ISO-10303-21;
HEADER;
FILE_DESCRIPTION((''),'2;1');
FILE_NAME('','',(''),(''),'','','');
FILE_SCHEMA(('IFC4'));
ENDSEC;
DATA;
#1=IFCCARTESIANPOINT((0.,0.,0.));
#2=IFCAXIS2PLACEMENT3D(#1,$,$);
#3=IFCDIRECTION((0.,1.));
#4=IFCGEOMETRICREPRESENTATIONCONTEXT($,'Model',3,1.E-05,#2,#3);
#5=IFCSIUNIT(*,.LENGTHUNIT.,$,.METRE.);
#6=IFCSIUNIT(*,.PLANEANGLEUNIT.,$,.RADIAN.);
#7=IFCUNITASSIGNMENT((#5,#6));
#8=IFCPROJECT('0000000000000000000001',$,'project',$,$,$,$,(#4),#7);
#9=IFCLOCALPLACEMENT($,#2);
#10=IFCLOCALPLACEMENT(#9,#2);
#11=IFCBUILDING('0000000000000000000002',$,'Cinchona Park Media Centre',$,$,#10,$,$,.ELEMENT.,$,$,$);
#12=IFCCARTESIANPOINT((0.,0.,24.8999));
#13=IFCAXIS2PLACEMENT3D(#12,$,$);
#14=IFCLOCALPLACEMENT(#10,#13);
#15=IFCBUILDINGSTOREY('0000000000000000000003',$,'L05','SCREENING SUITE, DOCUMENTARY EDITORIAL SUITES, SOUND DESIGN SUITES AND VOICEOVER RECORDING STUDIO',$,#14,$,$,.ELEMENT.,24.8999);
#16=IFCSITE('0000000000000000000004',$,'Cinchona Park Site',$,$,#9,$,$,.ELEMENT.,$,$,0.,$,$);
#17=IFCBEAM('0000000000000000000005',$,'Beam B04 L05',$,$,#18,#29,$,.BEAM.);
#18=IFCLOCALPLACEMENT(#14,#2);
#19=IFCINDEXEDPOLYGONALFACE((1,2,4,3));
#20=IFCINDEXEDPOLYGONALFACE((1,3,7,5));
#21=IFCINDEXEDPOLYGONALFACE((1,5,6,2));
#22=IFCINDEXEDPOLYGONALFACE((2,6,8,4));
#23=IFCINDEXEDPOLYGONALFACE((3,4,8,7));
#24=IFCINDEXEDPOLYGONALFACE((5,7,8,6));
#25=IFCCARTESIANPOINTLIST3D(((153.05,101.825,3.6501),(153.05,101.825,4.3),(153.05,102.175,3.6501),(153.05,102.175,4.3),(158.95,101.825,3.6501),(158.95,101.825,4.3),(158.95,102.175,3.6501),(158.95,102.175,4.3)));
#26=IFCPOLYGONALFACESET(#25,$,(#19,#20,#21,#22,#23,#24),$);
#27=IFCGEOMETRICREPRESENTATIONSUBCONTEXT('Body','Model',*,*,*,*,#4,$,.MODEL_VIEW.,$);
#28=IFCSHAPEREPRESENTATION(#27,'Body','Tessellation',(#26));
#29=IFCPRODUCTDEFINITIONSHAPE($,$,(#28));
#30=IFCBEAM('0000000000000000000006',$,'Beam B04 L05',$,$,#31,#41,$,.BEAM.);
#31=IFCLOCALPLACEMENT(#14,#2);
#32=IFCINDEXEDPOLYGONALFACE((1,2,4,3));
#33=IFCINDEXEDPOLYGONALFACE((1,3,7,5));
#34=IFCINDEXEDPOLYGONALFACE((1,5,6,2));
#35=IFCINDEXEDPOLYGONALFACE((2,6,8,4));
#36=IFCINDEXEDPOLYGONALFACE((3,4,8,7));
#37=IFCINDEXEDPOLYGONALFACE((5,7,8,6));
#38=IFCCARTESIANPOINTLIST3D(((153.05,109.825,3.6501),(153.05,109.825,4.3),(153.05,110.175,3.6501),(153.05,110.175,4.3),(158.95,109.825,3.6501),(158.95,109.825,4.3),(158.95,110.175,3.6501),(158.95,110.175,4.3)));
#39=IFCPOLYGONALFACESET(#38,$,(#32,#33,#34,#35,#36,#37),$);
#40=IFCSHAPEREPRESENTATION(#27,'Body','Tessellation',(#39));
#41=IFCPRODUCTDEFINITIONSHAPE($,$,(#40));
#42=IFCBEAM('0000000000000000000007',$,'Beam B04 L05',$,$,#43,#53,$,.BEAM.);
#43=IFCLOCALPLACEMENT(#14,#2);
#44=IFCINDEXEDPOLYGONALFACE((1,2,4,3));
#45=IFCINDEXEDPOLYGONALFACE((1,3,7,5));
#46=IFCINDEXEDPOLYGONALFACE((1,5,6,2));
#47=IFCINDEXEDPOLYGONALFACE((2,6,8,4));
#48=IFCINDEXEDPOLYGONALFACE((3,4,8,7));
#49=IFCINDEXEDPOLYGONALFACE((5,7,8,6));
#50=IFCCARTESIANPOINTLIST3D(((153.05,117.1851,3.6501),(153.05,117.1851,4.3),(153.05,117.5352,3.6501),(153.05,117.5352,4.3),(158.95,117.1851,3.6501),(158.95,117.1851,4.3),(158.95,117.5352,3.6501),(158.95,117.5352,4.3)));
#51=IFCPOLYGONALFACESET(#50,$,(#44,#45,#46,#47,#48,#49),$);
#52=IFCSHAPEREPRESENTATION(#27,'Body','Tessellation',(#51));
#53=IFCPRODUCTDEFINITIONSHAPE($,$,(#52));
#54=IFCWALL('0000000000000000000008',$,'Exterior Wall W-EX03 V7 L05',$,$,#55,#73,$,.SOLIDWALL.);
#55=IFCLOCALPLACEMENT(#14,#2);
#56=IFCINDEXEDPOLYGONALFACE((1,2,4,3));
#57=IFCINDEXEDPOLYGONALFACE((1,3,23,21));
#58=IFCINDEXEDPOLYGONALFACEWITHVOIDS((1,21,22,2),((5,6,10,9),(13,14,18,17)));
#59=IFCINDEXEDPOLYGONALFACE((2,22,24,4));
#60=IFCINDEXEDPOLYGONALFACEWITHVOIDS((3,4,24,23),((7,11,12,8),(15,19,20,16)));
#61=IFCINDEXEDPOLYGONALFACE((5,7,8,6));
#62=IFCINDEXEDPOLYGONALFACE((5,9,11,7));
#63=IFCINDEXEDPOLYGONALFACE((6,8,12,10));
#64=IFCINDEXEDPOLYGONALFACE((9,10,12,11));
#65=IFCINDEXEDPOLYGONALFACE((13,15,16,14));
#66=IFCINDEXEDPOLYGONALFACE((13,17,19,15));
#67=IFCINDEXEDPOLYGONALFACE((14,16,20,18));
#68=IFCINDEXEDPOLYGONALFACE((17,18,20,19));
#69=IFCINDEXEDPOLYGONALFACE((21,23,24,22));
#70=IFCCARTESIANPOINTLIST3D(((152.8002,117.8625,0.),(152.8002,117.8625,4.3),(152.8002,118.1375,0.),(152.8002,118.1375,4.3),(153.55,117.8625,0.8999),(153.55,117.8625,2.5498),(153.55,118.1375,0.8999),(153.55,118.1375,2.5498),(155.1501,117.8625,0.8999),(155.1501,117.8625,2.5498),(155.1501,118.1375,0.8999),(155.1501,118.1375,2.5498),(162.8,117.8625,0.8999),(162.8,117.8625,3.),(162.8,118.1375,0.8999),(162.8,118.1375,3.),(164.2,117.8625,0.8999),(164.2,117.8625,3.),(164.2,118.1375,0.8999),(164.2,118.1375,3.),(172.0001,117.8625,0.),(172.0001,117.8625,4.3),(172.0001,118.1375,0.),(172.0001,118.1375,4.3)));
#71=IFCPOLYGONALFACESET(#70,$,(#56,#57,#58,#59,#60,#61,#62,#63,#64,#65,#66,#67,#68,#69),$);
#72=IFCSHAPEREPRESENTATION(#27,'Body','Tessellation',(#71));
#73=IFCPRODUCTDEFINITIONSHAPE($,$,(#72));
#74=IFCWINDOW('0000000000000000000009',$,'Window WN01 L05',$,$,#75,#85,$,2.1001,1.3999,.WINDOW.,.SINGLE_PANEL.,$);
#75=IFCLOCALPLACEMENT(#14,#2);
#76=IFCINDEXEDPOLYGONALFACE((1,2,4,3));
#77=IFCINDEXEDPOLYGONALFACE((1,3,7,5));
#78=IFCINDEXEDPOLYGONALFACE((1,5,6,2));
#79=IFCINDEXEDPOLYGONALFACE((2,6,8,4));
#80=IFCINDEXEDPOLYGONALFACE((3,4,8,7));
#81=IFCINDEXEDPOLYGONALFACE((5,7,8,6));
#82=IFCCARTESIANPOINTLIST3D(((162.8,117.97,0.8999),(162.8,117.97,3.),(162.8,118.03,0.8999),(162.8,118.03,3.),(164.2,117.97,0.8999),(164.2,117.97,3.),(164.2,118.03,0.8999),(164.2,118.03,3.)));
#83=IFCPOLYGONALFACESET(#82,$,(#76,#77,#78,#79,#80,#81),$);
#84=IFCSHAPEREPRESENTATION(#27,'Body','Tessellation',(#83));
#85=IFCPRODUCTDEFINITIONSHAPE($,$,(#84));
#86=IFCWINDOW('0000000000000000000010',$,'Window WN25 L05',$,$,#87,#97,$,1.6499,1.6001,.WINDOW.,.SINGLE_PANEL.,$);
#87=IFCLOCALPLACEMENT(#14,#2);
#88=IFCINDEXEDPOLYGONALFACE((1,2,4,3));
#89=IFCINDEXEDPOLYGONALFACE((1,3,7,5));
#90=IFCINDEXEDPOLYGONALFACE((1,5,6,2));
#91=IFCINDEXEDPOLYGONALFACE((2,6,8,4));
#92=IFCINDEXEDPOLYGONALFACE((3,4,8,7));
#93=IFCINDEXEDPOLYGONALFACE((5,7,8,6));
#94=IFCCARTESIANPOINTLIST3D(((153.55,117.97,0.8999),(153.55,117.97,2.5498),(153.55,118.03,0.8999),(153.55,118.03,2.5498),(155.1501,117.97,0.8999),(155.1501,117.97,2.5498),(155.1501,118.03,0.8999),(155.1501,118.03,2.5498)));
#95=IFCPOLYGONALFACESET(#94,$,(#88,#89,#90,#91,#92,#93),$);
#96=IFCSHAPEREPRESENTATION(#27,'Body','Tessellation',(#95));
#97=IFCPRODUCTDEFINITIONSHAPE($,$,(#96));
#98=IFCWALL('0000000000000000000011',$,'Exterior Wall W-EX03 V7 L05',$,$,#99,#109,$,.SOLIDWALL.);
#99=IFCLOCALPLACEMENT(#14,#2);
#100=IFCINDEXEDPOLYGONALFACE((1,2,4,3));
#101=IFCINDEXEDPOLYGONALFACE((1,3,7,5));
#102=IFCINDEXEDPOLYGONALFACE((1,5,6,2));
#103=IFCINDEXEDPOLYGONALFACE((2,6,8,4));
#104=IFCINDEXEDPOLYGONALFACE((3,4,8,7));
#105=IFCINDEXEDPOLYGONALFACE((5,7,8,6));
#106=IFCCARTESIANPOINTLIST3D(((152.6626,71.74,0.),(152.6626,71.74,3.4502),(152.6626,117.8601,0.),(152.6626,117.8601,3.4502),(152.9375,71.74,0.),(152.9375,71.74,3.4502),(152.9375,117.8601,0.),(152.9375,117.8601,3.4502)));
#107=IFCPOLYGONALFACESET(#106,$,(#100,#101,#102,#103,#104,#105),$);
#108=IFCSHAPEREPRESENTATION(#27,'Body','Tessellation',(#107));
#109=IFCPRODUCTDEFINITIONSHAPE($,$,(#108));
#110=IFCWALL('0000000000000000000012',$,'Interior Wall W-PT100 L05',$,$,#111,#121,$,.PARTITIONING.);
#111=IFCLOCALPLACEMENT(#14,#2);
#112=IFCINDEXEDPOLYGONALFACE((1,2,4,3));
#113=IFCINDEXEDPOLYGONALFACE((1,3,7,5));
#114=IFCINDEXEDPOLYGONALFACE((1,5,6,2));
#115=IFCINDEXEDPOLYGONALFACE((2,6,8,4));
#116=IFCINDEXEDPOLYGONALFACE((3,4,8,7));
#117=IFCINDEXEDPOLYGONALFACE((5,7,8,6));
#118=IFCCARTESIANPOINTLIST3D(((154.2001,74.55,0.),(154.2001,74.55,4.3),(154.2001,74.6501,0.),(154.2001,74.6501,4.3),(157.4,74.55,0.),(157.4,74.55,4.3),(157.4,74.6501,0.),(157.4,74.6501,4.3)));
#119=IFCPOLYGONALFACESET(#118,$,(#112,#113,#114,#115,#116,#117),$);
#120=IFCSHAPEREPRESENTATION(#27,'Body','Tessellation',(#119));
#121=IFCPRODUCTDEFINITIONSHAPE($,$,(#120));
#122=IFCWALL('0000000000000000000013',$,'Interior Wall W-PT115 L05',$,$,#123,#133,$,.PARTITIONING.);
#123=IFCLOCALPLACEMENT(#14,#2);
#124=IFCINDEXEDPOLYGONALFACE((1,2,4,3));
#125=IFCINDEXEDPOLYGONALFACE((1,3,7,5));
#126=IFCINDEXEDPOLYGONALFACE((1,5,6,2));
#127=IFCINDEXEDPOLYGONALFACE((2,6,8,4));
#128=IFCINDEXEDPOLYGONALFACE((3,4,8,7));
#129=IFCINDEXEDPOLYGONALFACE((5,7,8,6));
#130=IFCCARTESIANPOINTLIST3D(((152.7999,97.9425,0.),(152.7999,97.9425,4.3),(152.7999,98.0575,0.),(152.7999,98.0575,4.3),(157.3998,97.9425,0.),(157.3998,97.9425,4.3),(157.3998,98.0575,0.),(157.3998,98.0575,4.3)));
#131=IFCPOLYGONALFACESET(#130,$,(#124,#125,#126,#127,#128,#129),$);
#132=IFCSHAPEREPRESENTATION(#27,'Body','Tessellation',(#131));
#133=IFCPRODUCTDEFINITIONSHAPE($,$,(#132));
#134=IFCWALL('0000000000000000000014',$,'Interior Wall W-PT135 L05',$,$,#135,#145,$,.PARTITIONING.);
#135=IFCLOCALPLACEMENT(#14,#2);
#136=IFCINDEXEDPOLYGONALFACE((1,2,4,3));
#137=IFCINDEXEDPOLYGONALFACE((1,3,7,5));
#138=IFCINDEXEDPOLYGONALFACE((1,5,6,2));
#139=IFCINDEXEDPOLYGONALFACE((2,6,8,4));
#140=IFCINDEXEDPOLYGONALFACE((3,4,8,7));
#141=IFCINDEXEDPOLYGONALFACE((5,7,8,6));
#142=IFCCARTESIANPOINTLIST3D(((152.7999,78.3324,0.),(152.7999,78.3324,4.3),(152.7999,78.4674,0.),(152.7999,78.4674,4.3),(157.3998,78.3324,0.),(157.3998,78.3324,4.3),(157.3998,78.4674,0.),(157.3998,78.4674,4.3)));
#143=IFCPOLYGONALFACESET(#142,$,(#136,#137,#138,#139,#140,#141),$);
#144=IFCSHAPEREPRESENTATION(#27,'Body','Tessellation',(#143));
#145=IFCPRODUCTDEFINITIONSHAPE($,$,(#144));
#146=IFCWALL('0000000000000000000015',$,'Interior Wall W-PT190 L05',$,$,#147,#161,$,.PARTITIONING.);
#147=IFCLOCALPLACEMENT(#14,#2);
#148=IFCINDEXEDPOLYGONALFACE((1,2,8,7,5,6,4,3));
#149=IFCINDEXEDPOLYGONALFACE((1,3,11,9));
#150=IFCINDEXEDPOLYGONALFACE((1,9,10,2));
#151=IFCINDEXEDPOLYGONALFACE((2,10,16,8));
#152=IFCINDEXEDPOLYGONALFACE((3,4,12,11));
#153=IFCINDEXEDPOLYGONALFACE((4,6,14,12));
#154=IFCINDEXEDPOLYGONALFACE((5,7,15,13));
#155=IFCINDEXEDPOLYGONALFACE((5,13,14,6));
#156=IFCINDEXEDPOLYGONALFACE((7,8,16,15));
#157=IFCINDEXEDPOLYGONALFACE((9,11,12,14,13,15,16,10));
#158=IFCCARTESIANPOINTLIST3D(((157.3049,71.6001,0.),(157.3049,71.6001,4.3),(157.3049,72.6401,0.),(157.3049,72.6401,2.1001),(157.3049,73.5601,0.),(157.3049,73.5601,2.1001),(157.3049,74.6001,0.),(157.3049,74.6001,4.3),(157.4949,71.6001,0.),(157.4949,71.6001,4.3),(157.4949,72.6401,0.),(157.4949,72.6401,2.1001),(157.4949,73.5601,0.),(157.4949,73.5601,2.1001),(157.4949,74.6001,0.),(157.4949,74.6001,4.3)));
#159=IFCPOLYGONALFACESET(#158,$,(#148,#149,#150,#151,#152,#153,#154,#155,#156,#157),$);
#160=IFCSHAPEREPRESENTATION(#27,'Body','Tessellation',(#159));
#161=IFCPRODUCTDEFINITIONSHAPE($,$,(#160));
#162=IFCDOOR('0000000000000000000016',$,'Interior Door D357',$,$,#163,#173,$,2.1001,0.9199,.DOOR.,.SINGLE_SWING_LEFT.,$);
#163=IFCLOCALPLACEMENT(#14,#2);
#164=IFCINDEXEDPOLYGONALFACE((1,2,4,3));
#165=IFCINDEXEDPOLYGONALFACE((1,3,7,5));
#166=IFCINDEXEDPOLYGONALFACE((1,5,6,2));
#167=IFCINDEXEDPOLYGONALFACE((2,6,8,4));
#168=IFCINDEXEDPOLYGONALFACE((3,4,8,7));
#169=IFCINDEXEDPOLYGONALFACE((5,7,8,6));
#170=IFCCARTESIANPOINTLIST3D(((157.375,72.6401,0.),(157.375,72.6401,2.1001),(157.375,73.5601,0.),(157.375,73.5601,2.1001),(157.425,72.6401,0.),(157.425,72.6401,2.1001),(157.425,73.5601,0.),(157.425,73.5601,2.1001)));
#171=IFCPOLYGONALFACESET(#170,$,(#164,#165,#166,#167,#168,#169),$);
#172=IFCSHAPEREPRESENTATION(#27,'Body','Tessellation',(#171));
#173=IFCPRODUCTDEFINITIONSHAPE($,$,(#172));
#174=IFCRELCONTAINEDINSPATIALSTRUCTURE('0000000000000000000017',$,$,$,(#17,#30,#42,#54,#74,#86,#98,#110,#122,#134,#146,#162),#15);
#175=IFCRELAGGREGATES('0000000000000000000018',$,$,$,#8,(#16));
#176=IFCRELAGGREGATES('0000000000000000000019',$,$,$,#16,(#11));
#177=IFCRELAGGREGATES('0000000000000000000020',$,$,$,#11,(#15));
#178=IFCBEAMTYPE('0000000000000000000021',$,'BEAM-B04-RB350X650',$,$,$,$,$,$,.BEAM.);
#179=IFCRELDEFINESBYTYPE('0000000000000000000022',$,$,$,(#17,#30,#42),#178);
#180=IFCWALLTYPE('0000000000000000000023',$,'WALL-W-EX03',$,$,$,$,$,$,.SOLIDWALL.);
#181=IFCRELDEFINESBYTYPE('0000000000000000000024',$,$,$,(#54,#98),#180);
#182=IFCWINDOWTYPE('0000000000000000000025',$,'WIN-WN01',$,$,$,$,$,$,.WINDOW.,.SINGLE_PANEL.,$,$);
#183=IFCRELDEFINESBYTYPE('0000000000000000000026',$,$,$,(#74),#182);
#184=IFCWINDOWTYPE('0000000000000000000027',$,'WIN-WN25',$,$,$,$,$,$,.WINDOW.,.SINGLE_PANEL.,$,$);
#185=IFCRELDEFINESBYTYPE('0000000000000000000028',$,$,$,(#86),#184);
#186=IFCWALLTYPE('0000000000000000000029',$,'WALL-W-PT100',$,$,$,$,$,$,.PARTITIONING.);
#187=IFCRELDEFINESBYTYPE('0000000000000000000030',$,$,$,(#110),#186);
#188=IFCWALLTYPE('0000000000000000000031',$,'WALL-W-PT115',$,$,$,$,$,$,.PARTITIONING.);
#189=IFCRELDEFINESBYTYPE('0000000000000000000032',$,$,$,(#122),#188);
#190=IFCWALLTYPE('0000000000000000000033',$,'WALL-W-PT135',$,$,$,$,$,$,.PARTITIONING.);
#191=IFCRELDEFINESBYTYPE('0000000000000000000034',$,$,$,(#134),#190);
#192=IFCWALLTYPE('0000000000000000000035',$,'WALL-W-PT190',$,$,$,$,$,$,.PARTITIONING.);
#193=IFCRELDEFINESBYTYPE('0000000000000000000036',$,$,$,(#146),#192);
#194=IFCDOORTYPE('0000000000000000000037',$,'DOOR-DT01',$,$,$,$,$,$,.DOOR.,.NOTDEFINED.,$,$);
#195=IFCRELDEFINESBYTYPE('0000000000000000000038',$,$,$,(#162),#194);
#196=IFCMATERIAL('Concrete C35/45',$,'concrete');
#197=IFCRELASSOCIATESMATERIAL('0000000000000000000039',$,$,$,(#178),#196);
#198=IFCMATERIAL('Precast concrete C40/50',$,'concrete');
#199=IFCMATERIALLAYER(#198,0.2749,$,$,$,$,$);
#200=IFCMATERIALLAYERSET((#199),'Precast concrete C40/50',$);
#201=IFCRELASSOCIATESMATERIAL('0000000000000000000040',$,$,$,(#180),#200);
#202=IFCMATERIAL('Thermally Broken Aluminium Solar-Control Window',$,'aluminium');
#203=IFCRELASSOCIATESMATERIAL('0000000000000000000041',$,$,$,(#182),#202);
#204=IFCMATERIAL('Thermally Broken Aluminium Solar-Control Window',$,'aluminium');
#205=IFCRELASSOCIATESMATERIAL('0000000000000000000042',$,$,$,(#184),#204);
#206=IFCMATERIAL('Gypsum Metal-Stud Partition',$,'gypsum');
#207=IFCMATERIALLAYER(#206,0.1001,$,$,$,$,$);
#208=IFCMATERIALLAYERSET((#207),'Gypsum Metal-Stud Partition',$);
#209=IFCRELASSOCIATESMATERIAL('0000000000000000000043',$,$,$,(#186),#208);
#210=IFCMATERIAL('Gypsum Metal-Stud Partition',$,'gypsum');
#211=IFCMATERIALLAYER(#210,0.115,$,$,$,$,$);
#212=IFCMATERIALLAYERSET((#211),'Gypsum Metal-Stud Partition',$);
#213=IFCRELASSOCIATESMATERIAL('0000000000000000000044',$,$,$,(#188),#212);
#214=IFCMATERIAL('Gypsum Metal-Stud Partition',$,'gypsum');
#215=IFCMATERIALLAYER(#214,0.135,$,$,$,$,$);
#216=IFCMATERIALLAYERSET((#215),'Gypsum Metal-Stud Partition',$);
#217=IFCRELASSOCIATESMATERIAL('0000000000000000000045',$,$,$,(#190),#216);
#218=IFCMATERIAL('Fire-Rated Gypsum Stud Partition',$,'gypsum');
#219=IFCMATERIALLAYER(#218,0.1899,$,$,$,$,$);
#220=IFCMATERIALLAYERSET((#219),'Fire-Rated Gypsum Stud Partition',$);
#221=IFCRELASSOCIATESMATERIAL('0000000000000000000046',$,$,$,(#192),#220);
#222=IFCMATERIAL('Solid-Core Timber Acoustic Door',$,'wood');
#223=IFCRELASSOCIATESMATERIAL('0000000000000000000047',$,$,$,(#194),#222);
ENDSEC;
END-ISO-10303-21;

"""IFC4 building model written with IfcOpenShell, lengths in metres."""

from ifc_helpers import new_model, si_unit, direction, frame, frame_2d, origin, origin_2d, place, context, subcontext, project, spatial, rectangle, extrude, material, layer, layer_set, material_profile, profile_set, type_object, element, fill, save


model = new_model("IFC4")

# Units and contexts
model_context = context("Model", 3, precision=1e-05, world=origin(), true_north=direction((0.0, 1.0)))
body_context = subcontext(model_context, "Body", "Model", "MODEL_VIEW")
ifc_project = project(units=[si_unit("LENGTHUNIT", "METRE"), si_unit("PLANEANGLEUNIT", "RADIAN")], contexts=[model_context])

# Site, building, storey
site_placement = place(None, origin())
site = spatial("IfcSite", under=ifc_project, at=site_placement, Name="Cinchona Park Site", CompositionType="ELEMENT", RefElevation=0.0)
building_placement = place(site_placement, origin())
building = spatial("IfcBuilding", under=site, at=building_placement, Name="Cinchona Park Media Centre", CompositionType="ELEMENT")
storey_placement = place(building_placement, frame((0.0, 0.0, 24.8999)))
storey = spatial("IfcBuildingStorey", under=building, at=storey_placement, Name="L05", Description="SCREENING SUITE, DOCUMENTARY EDITORIAL SUITES, SOUND DESIGN SUITES AND VOICEOVER RECORDING STUDIO", CompositionType="ELEMENT", Elevation=24.8999)

# Beams
ifc_material_1 = material(Name="Concrete C35/45", Category="concrete")
ifc_material_profile_1 = material_profile(ifc_material_1, rectangle(XDim=0.3501, YDim=0.6499, at=origin_2d()), Name="RB 350X650")
ifc_profile_set_1 = profile_set([ifc_material_profile_1], Name="Concrete C35/45")
beam_type_1 = type_object("IfcBeamType", Name="BEAM-B04-RB350X650", PredefinedType="BEAM", material=ifc_profile_set_1)
for number, where, z_axis, x_axis, name in (
    (1, (153.05, 102.0, 3.9751), (1.0, 0.0, 0.0), (0.0, 1.0, 0.0), "Beam B04 L05"),
    (2, (153.05, 110.0, 3.9751), (1.0, 0.0, 0.0), (0.0, 1.0, 0.0), "Beam B04 L05"),
    (3, (153.05, 117.3601, 3.9751), (1.0, 0.0, 0.0), (0.0, 1.0, 0.0), "Beam B04 L05"),
):
    element("IfcBeam", number, at=place(storey_placement, frame(where, z_axis=z_axis, x_axis=x_axis)), inside=storey, type_object=beam_type_1, Name=name, PredefinedType="BEAM", context=body_context, shape_type="SweptSolid", body=[
        extrude(rectangle(XDim=0.3501, YDim=0.6499, at=origin_2d()), origin(), (0.0, 0.0, 1.0), 5.8999),
    ])

# Wall, openings, windows
ifc_material_2 = material(Name="Precast concrete C40/50", Category="concrete")
ifc_layer_1 = layer(ifc_material_2, 0.2749)
ifc_layer_set_1 = layer_set([ifc_layer_1], Name="Precast concrete C40/50")
wall_type_1 = type_object("IfcWallType", Name="WALL-W-EX03", PredefinedType="SOLIDWALL", material=ifc_layer_set_1)
wall_1_placement = place(storey_placement, frame((152.8, 118.0, 0.0), z_axis=(0.0, 0.0, 1.0), x_axis=(1.0, 0.0, 0.0)))
wall_1 = element("IfcWall", 4, at=wall_1_placement, inside=storey, type_object=wall_type_1, Name="Exterior Wall W-EX03 V7 L05", PredefinedType="SOLIDWALL", context=body_context, shape_type="SweptSolid", body=[
    extrude(rectangle(XDim=19.2, YDim=0.2749, at=frame_2d((9.6001, 0.0))), origin(), (0.0, 0.0, 1.0), 4.3),
])
opening_1_placement = place(wall_1_placement, frame((0.75, 0.0, 0.8999)))
opening_1 = element("IfcOpeningElement", 5, at=opening_1_placement, cuts=wall_1, PredefinedType="OPENING", context=body_context, shape_type="SweptSolid", body=[
    extrude(rectangle(XDim=1.6001, YDim=1.6499, at=frame_2d((0.8, 0.825))), frame((0.0, 0.1475, 0.0), z_axis=(0.0, -1.0, 0.0), x_axis=(1.0, 0.0, 0.0)), (0.0, 0.0, 1.0), 0.2949),
])
opening_2_placement = place(wall_1_placement, frame((10.0, 0.0, 0.8999)))
opening_2 = element("IfcOpeningElement", 6, at=opening_2_placement, cuts=wall_1, PredefinedType="OPENING", context=body_context, shape_type="SweptSolid", body=[
    extrude(rectangle(XDim=1.3999, YDim=2.1001, at=frame_2d((0.7, 1.05))), frame((0.0, 0.1475, 0.0), z_axis=(0.0, -1.0, 0.0), x_axis=(1.0, 0.0, 0.0)), (0.0, 0.0, 1.0), 0.2949),
])
ifc_material_3 = material(Name="Thermally Broken Aluminium Solar-Control Window", Category="aluminium")
window_type_1 = type_object("IfcWindowType", Name="WIN-WN01", PartitioningType="SINGLE_PANEL", PredefinedType="WINDOW", material=ifc_material_3)
window_1_placement = place(opening_2_placement, origin())
window_1 = element("IfcWindow", 7, at=window_1_placement, inside=storey, type_object=window_type_1, Name="Window WN01 L05", OverallHeight=2.1001, OverallWidth=1.3999, PartitioningType="SINGLE_PANEL", PredefinedType="WINDOW", context=body_context, shape_type="SweptSolid", body=[
    extrude(rectangle(XDim=1.3999, YDim=2.1001, at=frame_2d((0.7, 1.05))), frame((0.0, 0.03, 0.0), z_axis=(0.0, -1.0, 0.0), x_axis=(1.0, 0.0, 0.0)), (0.0, 0.0, 1.0), 0.0601),
])
fill(opening_2, window_1)
ifc_material_4 = material(Name="Thermally Broken Aluminium Solar-Control Window", Category="aluminium")
window_type_2 = type_object("IfcWindowType", Name="WIN-WN25", PartitioningType="SINGLE_PANEL", PredefinedType="WINDOW", material=ifc_material_4)
window_2_placement = place(opening_1_placement, origin())
window_2 = element("IfcWindow", 8, at=window_2_placement, inside=storey, type_object=window_type_2, Name="Window WN25 L05", OverallHeight=1.6499, OverallWidth=1.6001, PartitioningType="SINGLE_PANEL", PredefinedType="WINDOW", context=body_context, shape_type="SweptSolid", body=[
    extrude(rectangle(XDim=1.6001, YDim=1.6499, at=frame_2d((0.8, 0.825))), frame((0.0, 0.03, 0.0), z_axis=(0.0, -1.0, 0.0), x_axis=(1.0, 0.0, 0.0)), (0.0, 0.0, 1.0), 0.0601),
])
fill(opening_1, window_2)

# Walls
wall_2_placement = place(storey_placement, frame((152.8, 71.74, 0.0), z_axis=(0.0, 0.0, 1.0), x_axis=(0.0, 1.0, 0.0)))
element("IfcWall", 9, at=wall_2_placement, inside=storey, type_object=wall_type_1, Name="Exterior Wall W-EX03 V7 L05", PredefinedType="SOLIDWALL", context=body_context, shape_type="SweptSolid", body=[
    extrude(rectangle(XDim=46.1201, YDim=0.2749, at=frame_2d((23.0601, 0.0))), origin(), (0.0, 0.0, 1.0), 3.4502),
])
ifc_material_5 = material(Name="Gypsum Metal-Stud Partition", Category="gypsum")
ifc_layer_2 = layer(ifc_material_5, 0.1001)
ifc_layer_set_2 = layer_set([ifc_layer_2], Name="Gypsum Metal-Stud Partition")
wall_type_2 = type_object("IfcWallType", Name="WALL-W-PT100", PredefinedType="PARTITIONING", material=ifc_layer_set_2)
wall_3_placement = place(storey_placement, frame((154.2, 74.6001, 0.0), z_axis=(0.0, 0.0, 1.0), x_axis=(1.0, 0.0, 0.0)))
element("IfcWall", 10, at=wall_3_placement, inside=storey, type_object=wall_type_2, Name="Interior Wall W-PT100 L05", PredefinedType="PARTITIONING", context=body_context, shape_type="SweptSolid", body=[
    extrude(rectangle(XDim=3.2, YDim=0.1001, at=frame_2d((1.6001, 0.0))), origin(), (0.0, 0.0, 1.0), 4.3),
])
ifc_material_6 = material(Name="Gypsum Metal-Stud Partition", Category="gypsum")
ifc_layer_3 = layer(ifc_material_6, 0.115)
ifc_layer_set_3 = layer_set([ifc_layer_3], Name="Gypsum Metal-Stud Partition")
wall_type_3 = type_object("IfcWallType", Name="WALL-W-PT115", PredefinedType="PARTITIONING", material=ifc_layer_set_3)
wall_4_placement = place(storey_placement, frame((152.8, 98.0, 0.0), z_axis=(0.0, 0.0, 1.0), x_axis=(1.0, 0.0, 0.0)))
element("IfcWall", 11, at=wall_4_placement, inside=storey, type_object=wall_type_3, Name="Interior Wall W-PT115 L05", PredefinedType="PARTITIONING", context=body_context, shape_type="SweptSolid", body=[
    extrude(rectangle(XDim=4.5999, YDim=0.115, at=frame_2d((2.2998, 0.0))), origin(), (0.0, 0.0, 1.0), 4.3),
])
ifc_material_7 = material(Name="Gypsum Metal-Stud Partition", Category="gypsum")
ifc_layer_4 = layer(ifc_material_7, 0.135)
ifc_layer_set_4 = layer_set([ifc_layer_4], Name="Gypsum Metal-Stud Partition")
wall_type_4 = type_object("IfcWallType", Name="WALL-W-PT135", PredefinedType="PARTITIONING", material=ifc_layer_set_4)
wall_5_placement = place(storey_placement, frame((152.8, 78.3999, 0.0), z_axis=(0.0, 0.0, 1.0), x_axis=(1.0, 0.0, 0.0)))
element("IfcWall", 12, at=wall_5_placement, inside=storey, type_object=wall_type_4, Name="Interior Wall W-PT135 L05", PredefinedType="PARTITIONING", context=body_context, shape_type="SweptSolid", body=[
    extrude(rectangle(XDim=4.5999, YDim=0.135, at=frame_2d((2.2998, 0.0))), origin(), (0.0, 0.0, 1.0), 4.3),
])

# Wall, opening, door
ifc_material_8 = material(Name="Fire-Rated Gypsum Stud Partition", Category="gypsum")
ifc_layer_5 = layer(ifc_material_8, 0.1899)
ifc_layer_set_5 = layer_set([ifc_layer_5], Name="Fire-Rated Gypsum Stud Partition")
wall_type_5 = type_object("IfcWallType", Name="WALL-W-PT190", PredefinedType="PARTITIONING", material=ifc_layer_set_5)
wall_6_placement = place(storey_placement, frame((157.3999, 71.6001, 0.0), z_axis=(0.0, 0.0, 1.0), x_axis=(0.0, 1.0, 0.0)))
wall_6 = element("IfcWall", 13, at=wall_6_placement, inside=storey, type_object=wall_type_5, Name="Interior Wall W-PT190 L05", PredefinedType="PARTITIONING", context=body_context, shape_type="SweptSolid", body=[
    extrude(rectangle(XDim=3.0, YDim=0.1899, at=frame_2d((1.5, 0.0))), origin(), (0.0, 0.0, 1.0), 4.3),
])
opening_3_placement = place(wall_6_placement, frame((1.04, 0.0, 0.0)))
opening_3 = element("IfcOpeningElement", 14, at=opening_3_placement, cuts=wall_6, PredefinedType="OPENING", context=body_context, shape_type="SweptSolid", body=[
    extrude(rectangle(XDim=0.9199, YDim=2.1001, at=frame_2d((0.46, 1.05))), frame((0.0, 0.105, 0.0), z_axis=(0.0, -1.0, 0.0), x_axis=(1.0, 0.0, 0.0)), (0.0, 0.0, 1.0), 0.21),
])
ifc_material_9 = material(Name="Solid-Core Timber Acoustic Door", Category="wood")
door_type = type_object("IfcDoorType", Name="DOOR-DT01", OperationType="NOTDEFINED", PredefinedType="DOOR", material=ifc_material_9)
door_placement = place(opening_3_placement, origin())
door = element("IfcDoor", 15, at=door_placement, inside=storey, type_object=door_type, Name="Interior Door D357", OperationType="SINGLE_SWING_LEFT", OverallHeight=2.1001, OverallWidth=0.9199, PredefinedType="DOOR", context=body_context, shape_type="SweptSolid", body=[
    extrude(rectangle(XDim=0.9199, YDim=2.1001, at=frame_2d((0.46, 1.05))), frame((0.0, 0.0249, 0.0), z_axis=(0.0, -1.0, 0.0), x_axis=(1.0, 0.0, 0.0)), (0.0, 0.0, 1.0), 0.05),
])
fill(opening_3, door)

save(model, "model.ifc")
